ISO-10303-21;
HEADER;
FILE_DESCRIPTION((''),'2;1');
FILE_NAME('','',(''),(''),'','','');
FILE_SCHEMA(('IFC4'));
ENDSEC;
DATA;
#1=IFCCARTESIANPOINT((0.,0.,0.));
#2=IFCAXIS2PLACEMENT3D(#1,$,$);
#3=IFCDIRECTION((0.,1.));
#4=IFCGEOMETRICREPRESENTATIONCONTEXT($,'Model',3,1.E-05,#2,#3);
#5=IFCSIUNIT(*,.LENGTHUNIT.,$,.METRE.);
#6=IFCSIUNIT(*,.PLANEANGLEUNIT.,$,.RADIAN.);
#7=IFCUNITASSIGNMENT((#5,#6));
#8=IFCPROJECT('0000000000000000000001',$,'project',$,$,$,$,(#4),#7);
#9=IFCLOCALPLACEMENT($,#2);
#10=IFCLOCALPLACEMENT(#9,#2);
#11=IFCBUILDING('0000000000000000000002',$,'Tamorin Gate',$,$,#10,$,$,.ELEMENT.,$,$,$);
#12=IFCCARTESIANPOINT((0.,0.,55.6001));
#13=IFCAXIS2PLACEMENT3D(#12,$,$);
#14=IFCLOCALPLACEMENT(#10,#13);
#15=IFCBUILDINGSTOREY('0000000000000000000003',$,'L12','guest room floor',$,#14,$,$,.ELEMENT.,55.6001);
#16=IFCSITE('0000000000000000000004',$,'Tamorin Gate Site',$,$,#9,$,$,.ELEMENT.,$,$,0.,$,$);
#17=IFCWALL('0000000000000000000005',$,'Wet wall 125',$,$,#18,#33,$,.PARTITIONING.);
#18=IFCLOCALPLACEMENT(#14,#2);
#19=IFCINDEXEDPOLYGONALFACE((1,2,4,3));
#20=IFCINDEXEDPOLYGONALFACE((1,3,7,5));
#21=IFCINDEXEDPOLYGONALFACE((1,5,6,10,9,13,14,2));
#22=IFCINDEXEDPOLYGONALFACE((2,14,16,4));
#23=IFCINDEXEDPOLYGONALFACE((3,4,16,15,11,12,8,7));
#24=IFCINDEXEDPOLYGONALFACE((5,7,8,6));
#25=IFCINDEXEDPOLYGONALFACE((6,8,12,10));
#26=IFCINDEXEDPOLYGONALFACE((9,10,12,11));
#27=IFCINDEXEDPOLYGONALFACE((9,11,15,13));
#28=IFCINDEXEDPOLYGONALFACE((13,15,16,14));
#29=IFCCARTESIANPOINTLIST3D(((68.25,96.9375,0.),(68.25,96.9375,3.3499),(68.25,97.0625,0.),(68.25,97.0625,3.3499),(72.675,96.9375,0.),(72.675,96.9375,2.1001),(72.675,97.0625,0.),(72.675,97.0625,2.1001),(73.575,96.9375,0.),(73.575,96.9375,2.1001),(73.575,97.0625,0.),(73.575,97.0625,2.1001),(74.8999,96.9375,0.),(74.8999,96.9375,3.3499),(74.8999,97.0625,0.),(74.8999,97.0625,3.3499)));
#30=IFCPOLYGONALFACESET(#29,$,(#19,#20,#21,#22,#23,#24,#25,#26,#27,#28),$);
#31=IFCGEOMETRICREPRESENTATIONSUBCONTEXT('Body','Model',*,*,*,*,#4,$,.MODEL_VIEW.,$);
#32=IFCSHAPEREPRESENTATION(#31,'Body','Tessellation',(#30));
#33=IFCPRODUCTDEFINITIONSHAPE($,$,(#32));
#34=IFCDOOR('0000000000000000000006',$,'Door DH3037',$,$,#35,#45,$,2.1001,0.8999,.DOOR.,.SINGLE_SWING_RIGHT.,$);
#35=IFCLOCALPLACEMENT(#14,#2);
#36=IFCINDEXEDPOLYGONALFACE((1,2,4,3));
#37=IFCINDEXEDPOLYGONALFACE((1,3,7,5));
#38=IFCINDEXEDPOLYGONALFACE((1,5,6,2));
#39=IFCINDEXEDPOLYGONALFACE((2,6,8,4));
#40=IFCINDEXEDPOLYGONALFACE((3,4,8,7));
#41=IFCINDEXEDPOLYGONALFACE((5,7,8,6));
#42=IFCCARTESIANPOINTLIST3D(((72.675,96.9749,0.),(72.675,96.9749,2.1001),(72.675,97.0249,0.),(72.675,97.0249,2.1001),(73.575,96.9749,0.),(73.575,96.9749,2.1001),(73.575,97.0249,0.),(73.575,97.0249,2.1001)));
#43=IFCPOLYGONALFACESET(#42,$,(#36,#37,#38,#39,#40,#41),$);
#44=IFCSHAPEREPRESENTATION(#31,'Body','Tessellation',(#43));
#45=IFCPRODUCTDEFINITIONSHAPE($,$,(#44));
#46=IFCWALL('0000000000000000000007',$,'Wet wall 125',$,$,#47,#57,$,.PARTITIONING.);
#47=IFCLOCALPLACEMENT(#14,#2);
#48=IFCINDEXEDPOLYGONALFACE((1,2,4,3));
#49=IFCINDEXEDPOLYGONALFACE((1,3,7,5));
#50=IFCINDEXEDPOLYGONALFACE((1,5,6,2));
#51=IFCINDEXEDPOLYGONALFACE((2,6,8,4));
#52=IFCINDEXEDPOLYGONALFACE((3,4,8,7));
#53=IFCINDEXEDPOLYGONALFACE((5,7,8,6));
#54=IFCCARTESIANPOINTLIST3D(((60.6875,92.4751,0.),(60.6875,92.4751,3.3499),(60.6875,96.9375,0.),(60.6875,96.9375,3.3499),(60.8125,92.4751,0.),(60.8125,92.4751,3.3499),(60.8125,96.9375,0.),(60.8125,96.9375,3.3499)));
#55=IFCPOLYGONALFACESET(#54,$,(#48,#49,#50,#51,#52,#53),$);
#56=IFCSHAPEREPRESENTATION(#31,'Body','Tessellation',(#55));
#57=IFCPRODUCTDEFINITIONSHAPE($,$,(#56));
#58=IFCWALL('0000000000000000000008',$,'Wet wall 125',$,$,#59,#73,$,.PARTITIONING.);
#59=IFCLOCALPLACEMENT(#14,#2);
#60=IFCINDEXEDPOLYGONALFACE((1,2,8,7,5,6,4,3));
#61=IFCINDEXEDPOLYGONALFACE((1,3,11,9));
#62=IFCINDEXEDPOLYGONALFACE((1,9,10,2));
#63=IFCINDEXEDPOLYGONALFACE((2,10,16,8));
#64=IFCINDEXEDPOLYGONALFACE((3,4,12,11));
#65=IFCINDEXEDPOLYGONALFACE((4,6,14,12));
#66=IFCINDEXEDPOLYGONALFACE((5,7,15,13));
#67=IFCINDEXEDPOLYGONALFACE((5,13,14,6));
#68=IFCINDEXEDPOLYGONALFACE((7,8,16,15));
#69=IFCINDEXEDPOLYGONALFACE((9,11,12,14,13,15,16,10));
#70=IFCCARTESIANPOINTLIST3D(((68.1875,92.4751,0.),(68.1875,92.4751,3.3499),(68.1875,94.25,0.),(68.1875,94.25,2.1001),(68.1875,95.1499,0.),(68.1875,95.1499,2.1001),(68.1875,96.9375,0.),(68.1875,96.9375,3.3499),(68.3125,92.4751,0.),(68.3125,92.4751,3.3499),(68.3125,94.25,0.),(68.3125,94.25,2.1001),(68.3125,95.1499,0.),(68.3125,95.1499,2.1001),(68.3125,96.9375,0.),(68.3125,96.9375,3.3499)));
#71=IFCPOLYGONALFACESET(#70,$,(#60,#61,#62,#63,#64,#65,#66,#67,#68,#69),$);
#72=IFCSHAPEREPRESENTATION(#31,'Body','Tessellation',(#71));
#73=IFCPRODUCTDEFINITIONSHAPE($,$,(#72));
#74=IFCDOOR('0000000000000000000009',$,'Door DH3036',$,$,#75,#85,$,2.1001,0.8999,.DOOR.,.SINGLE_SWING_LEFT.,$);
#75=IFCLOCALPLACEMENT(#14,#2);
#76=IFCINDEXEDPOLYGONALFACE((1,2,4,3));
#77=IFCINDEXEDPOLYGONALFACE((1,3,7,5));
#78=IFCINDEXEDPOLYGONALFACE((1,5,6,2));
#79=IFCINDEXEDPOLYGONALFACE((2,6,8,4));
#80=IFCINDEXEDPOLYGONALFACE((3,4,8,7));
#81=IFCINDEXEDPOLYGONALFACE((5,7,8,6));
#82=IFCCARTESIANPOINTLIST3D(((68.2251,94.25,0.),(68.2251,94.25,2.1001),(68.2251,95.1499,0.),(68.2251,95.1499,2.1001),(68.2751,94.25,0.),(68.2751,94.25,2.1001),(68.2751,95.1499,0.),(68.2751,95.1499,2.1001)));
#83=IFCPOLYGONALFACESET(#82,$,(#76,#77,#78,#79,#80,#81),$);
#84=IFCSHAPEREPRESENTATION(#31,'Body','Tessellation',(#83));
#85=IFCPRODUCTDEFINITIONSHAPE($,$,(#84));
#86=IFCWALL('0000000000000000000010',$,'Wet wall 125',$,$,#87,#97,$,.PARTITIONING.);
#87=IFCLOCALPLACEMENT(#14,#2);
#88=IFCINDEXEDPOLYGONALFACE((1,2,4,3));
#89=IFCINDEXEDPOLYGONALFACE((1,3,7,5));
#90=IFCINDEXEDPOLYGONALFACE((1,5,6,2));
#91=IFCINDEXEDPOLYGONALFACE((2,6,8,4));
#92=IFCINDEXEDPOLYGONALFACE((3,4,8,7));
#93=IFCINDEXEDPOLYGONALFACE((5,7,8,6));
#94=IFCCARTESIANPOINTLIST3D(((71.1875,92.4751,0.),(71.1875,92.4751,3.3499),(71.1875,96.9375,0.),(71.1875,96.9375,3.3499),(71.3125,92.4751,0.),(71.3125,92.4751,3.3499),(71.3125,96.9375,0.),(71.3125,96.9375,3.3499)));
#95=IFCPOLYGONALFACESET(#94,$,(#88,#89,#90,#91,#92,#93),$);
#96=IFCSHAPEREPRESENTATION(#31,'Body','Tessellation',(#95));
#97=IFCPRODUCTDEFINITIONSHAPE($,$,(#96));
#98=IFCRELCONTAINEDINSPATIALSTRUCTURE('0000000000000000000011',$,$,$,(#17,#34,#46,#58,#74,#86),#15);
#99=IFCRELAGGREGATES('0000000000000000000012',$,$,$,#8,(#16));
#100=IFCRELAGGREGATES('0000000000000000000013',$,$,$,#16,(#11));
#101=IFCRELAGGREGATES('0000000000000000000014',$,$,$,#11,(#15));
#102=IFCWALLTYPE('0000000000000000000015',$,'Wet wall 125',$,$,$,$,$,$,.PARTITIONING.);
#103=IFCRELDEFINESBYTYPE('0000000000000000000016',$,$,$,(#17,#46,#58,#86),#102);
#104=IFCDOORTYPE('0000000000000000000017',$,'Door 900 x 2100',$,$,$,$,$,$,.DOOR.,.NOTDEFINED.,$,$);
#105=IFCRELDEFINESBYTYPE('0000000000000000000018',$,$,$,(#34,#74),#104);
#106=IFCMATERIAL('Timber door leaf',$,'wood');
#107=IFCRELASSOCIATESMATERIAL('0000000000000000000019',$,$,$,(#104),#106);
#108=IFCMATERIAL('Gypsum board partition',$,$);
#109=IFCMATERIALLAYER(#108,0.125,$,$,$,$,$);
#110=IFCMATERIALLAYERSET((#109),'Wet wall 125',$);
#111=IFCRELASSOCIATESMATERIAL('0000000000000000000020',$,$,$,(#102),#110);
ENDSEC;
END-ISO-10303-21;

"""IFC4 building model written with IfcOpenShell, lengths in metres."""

from ifc_helpers import new_model, si_unit, direction, frame, frame_2d, origin, place, context, subcontext, project, spatial, rectangle, extrude, material, layer, layer_set, type_object, element, fill, save


model = new_model("IFC4")

# Units and contexts
model_context = context("Model", 3, precision=1e-05, world=origin(), true_north=direction((0.0, 1.0)))
body_context = subcontext(model_context, "Body", "Model", "MODEL_VIEW")
ifc_project = project(units=[si_unit("LENGTHUNIT", "METRE"), si_unit("PLANEANGLEUNIT", "RADIAN")], contexts=[model_context])

# Site, building, storey
site_placement = place(None, origin())
site = spatial("IfcSite", under=ifc_project, at=site_placement, Name="Tamorin Gate Site", CompositionType="ELEMENT", RefElevation=0.0)
building_placement = place(site_placement, origin())
building = spatial("IfcBuilding", under=site, at=building_placement, Name="Tamorin Gate", CompositionType="ELEMENT")
storey_placement = place(building_placement, frame((0.0, 0.0, 55.6001)))
storey = spatial("IfcBuildingStorey", under=building, at=storey_placement, Name="L12", Description="guest room floor", CompositionType="ELEMENT", Elevation=55.6001)

# Shared definitions
ifc_material_1 = material(Name="Gypsum board partition")

# Shared definitions
ifc_material_2 = material(Name="Timber door leaf", Category="wood")
door_type = type_object("IfcDoorType", Name="Door 900 x 2100", OperationType="NOTDEFINED", PredefinedType="DOOR", material=ifc_material_2)

# Wall, opening, door
ifc_layer_1 = layer(ifc_material_1, 0.125)
ifc_layer_set_1 = layer_set([ifc_layer_1], Name="Wet wall 125")
wall_type_1 = type_object("IfcWallType", Name="Wet wall 125", PredefinedType="PARTITIONING", material=ifc_layer_set_1)
wall_1_placement = place(storey_placement, frame((68.25, 97.0, 0.0), z_axis=(0.0, 0.0, 1.0), x_axis=(1.0, 0.0, 0.0)))
wall_1 = element("IfcWall", 1, at=wall_1_placement, inside=storey, type_object=wall_type_1, Name="Wet wall 125", PredefinedType="PARTITIONING", context=body_context, shape_type="SweptSolid", body=[
    extrude(rectangle(XDim=6.6499, YDim=0.125, at=frame_2d((3.325, 0.0))), origin(), (0.0, 0.0, 1.0), 3.3499),
])
opening_1_placement = place(wall_1_placement, frame((4.425, 0.0, 0.0)))
opening_1 = element("IfcOpeningElement", 2, at=opening_1_placement, cuts=wall_1, PredefinedType="OPENING", context=body_context, shape_type="SweptSolid", body=[
    extrude(rectangle(XDim=0.8999, YDim=2.1001, at=frame_2d((0.45, 1.05))), frame((0.0, 0.0725, 0.0), z_axis=(0.0, -1.0, 0.0), x_axis=(1.0, 0.0, 0.0)), (0.0, 0.0, 1.0), 0.145),
])
door_1_placement = place(opening_1_placement, origin())
door_1 = element("IfcDoor", 3, at=door_1_placement, inside=storey, type_object=door_type, Name="Door DH3037", OperationType="SINGLE_SWING_RIGHT", OverallHeight=2.1001, OverallWidth=0.8999, PredefinedType="DOOR", context=body_context, shape_type="SweptSolid", body=[
    extrude(rectangle(XDim=0.8999, YDim=2.1001, at=frame_2d((0.45, 1.05))), frame((0.0, 0.0249, 0.0), z_axis=(0.0, -1.0, 0.0), x_axis=(1.0, 0.0, 0.0)), (0.0, 0.0, 1.0), 0.05),
])
fill(opening_1, door_1)

# Wall
wall_2_placement = place(storey_placement, frame((60.75, 92.4751, 0.0), z_axis=(0.0, 0.0, 1.0), x_axis=(0.0, 1.0, 0.0)))
element("IfcWall", 4, at=wall_2_placement, inside=storey, type_object=wall_type_1, Name="Wet wall 125", PredefinedType="PARTITIONING", context=body_context, shape_type="SweptSolid", body=[
    extrude(rectangle(XDim=4.4624, YDim=0.125, at=frame_2d((2.2312, 0.0))), origin(), (0.0, 0.0, 1.0), 3.3499),
])

# Wall, opening, door
wall_3_placement = place(storey_placement, frame((68.25, 92.4751, 0.0), z_axis=(0.0, 0.0, 1.0), x_axis=(0.0, 1.0, 0.0)))
wall_3 = element("IfcWall", 5, at=wall_3_placement, inside=storey, type_object=wall_type_1, Name="Wet wall 125", PredefinedType="PARTITIONING", context=body_context, shape_type="SweptSolid", body=[
    extrude(rectangle(XDim=4.4624, YDim=0.125, at=frame_2d((2.2312, 0.0))), origin(), (0.0, 0.0, 1.0), 3.3499),
])
opening_2_placement = place(wall_3_placement, frame((1.7749, 0.0, 0.0)))
opening_2 = element("IfcOpeningElement", 6, at=opening_2_placement, cuts=wall_3, PredefinedType="OPENING", context=body_context, shape_type="SweptSolid", body=[
    extrude(rectangle(XDim=0.8999, YDim=2.1001, at=frame_2d((0.45, 1.05))), frame((0.0, 0.0725, 0.0), z_axis=(0.0, -1.0, 0.0), x_axis=(1.0, 0.0, 0.0)), (0.0, 0.0, 1.0), 0.145),
])
door_2_placement = place(opening_2_placement, origin())
door_2 = element("IfcDoor", 7, at=door_2_placement, inside=storey, type_object=door_type, Name="Door DH3036", OperationType="SINGLE_SWING_LEFT", OverallHeight=2.1001, OverallWidth=0.8999, PredefinedType="DOOR", context=body_context, shape_type="SweptSolid", body=[
    extrude(rectangle(XDim=0.8999, YDim=2.1001, at=frame_2d((0.45, 1.05))), frame((0.0, 0.0249, 0.0), z_axis=(0.0, -1.0, 0.0), x_axis=(1.0, 0.0, 0.0)), (0.0, 0.0, 1.0), 0.05),
])
fill(opening_2, door_2)

# Wall
wall_4_placement = place(storey_placement, frame((71.25, 92.4751, 0.0), z_axis=(0.0, 0.0, 1.0), x_axis=(0.0, 1.0, 0.0)))
element("IfcWall", 8, at=wall_4_placement, inside=storey, type_object=wall_type_1, Name="Wet wall 125", PredefinedType="PARTITIONING", context=body_context, shape_type="SweptSolid", body=[
    extrude(rectangle(XDim=4.4624, YDim=0.125, at=frame_2d((2.2312, 0.0))), origin(), (0.0, 0.0, 1.0), 3.3499),
])

save(model, "model.ifc")
